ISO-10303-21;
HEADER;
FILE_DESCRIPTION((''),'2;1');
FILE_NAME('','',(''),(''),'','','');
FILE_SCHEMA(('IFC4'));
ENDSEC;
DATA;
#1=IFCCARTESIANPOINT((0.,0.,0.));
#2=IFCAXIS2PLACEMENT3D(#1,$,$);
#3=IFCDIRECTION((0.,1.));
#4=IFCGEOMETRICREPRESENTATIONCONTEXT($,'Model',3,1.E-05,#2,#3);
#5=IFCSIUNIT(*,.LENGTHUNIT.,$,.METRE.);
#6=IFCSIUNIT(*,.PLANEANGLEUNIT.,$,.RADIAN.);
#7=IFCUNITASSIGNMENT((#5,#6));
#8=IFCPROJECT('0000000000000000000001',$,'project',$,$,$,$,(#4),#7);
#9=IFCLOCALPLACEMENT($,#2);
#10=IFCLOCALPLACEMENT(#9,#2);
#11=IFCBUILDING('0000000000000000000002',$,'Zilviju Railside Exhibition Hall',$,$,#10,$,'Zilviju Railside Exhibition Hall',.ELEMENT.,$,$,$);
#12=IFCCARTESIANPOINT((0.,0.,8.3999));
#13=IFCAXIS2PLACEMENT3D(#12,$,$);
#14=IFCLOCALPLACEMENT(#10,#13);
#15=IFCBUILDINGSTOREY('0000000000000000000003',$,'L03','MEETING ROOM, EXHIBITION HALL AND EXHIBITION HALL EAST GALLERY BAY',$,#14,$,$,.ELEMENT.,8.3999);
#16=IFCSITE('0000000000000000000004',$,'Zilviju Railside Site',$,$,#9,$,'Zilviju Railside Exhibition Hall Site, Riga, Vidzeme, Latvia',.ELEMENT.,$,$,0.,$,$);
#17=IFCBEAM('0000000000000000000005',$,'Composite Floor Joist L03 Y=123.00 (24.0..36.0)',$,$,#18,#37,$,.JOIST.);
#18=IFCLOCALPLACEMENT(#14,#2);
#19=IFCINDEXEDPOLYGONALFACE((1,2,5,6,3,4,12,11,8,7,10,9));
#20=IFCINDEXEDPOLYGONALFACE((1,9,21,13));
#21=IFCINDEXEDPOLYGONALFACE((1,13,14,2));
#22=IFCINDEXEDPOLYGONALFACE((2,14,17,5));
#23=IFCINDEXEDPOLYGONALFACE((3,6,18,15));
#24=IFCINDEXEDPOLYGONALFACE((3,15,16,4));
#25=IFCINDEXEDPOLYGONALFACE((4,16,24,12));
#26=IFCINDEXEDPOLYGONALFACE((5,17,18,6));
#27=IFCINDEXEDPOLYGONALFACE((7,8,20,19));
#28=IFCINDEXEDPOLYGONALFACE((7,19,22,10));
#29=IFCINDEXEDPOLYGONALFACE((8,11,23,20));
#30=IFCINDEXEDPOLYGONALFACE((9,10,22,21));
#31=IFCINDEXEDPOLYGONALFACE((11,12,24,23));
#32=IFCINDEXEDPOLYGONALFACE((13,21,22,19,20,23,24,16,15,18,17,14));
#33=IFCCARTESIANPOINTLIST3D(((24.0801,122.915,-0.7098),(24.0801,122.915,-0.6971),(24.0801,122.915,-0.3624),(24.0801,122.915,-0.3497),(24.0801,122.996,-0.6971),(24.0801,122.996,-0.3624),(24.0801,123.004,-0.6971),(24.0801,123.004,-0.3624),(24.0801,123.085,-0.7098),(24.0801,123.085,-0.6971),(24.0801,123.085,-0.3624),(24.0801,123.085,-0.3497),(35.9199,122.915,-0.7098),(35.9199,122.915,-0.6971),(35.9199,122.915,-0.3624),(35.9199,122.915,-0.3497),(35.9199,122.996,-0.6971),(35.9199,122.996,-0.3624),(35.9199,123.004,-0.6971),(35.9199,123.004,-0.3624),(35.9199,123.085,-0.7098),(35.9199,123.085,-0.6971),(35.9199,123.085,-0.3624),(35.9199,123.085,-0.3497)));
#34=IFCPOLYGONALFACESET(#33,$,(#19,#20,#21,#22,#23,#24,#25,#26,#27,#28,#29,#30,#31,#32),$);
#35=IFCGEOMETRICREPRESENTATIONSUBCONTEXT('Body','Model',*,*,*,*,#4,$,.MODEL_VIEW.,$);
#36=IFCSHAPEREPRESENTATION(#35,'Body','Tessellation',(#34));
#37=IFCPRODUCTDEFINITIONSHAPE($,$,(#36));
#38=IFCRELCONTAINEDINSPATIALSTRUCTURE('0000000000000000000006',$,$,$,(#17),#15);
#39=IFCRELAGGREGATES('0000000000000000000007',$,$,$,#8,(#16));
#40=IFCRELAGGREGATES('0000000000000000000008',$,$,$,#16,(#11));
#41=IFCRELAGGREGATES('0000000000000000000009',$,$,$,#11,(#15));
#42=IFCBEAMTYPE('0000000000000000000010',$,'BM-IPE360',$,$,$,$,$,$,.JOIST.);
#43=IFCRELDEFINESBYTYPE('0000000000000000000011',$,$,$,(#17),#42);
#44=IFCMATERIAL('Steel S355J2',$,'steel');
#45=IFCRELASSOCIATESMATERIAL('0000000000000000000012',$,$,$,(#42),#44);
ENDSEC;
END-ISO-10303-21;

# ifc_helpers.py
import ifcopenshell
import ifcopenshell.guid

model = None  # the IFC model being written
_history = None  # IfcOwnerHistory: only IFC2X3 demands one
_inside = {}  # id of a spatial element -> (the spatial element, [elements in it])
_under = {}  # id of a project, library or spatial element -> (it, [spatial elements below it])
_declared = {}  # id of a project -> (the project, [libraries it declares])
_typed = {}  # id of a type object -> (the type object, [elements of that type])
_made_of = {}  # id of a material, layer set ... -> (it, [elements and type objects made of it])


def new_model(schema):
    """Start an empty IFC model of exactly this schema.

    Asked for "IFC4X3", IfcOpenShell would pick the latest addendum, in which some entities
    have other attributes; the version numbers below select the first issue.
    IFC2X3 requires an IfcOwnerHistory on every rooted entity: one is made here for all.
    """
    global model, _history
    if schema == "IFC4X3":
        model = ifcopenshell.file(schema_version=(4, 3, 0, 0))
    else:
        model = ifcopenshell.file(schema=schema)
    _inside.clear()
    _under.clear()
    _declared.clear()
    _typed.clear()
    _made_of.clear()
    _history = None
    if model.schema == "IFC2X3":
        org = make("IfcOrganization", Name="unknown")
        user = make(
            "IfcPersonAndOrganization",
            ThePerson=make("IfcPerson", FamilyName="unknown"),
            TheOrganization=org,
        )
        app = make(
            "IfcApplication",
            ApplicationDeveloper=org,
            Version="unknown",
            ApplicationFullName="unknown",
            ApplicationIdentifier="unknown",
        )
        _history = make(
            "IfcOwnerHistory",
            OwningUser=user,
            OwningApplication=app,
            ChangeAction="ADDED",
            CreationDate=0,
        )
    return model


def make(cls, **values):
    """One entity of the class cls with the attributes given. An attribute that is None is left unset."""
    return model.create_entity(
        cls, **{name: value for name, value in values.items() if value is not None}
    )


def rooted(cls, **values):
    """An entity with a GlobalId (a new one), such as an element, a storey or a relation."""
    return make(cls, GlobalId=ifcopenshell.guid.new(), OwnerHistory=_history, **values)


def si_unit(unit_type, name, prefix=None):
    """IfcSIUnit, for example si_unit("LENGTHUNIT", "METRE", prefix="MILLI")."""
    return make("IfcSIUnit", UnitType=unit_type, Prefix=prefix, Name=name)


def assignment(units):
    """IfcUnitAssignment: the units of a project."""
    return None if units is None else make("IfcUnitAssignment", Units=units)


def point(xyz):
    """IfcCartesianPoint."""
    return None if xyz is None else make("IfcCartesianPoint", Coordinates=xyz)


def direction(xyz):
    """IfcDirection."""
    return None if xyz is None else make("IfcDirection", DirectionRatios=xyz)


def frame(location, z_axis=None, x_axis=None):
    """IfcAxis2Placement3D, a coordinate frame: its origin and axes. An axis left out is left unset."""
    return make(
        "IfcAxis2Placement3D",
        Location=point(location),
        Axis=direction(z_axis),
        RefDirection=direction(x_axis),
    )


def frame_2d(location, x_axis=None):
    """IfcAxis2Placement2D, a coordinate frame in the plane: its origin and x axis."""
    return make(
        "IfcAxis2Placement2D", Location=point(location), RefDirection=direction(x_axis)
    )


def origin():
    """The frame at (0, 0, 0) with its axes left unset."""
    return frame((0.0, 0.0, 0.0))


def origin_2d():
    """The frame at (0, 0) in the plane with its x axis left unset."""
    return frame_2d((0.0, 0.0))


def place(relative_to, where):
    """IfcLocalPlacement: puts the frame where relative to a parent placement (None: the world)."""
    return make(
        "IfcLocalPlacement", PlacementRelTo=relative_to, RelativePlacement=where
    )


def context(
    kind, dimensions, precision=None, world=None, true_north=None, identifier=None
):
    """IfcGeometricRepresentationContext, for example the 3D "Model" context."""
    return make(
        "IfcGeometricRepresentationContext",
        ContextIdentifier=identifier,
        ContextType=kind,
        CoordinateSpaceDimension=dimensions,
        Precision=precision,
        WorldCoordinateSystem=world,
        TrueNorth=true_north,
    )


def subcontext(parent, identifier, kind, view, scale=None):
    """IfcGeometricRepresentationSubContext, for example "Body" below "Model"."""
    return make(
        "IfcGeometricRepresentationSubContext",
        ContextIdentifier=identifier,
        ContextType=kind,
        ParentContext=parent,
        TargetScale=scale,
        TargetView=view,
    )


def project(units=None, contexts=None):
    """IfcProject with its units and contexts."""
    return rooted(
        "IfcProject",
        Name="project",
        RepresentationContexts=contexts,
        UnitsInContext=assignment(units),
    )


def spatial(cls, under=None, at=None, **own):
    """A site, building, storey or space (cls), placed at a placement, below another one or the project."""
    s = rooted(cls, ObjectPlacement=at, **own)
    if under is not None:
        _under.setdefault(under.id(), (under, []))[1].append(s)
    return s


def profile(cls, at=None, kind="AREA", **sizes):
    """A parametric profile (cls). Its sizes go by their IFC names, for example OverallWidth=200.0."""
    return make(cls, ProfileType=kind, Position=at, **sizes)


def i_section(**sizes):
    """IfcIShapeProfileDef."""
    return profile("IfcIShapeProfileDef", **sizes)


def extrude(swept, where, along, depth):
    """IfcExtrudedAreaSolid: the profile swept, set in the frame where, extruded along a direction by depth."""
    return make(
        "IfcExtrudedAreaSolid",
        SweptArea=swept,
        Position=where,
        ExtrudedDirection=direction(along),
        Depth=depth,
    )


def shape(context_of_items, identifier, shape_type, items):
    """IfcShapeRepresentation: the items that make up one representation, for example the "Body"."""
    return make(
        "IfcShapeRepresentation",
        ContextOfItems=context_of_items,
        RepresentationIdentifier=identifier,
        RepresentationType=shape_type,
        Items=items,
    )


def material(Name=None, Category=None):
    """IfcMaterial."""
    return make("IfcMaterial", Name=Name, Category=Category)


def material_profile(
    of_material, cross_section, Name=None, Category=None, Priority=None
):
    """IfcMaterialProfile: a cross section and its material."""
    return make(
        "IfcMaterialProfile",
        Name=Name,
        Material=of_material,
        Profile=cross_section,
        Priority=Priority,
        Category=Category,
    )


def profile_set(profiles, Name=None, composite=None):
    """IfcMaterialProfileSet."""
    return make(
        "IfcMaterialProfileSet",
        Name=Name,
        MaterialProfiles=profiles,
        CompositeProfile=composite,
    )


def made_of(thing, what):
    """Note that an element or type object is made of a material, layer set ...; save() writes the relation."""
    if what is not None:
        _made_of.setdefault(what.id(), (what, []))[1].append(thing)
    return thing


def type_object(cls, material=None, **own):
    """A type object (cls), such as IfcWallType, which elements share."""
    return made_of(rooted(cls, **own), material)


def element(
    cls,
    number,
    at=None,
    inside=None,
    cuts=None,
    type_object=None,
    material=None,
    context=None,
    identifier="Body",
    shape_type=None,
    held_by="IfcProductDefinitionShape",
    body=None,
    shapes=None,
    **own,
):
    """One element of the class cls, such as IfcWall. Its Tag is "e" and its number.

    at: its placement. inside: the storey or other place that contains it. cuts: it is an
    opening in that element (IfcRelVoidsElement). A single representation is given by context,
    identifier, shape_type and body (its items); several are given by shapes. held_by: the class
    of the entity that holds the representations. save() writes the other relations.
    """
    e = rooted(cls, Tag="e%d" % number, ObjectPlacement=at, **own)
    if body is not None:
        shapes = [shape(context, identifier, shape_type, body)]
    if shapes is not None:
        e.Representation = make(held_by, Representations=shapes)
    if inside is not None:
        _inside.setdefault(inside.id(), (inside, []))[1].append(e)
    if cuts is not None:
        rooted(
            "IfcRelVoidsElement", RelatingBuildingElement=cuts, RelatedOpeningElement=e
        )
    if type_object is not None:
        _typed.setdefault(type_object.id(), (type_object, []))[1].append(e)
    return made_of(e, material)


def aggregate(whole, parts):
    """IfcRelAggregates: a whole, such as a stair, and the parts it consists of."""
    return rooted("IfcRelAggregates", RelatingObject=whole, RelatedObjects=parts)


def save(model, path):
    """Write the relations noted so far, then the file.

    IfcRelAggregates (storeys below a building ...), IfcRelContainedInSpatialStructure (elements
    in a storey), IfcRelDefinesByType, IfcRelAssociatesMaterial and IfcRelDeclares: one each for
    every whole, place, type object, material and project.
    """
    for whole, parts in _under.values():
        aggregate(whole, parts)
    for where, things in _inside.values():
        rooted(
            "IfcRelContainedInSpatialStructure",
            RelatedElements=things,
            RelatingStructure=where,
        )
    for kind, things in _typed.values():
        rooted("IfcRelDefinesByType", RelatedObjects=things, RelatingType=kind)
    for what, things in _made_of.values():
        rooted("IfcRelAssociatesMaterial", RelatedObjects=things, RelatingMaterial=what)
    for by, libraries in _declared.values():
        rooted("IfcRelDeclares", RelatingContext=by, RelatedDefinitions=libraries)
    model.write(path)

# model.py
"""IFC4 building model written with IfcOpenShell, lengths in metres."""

from ifc_helpers import new_model, si_unit, direction, frame, origin, origin_2d, place, context, subcontext, project, spatial, i_section, extrude, material, material_profile, profile_set, type_object, element, save


model = new_model("IFC4")

# Units and contexts
model_context = context("Model", 3, precision=1e-05, world=origin(), true_north=direction((0.0, 1.0)))
body_context = subcontext(model_context, "Body", "Model", "MODEL_VIEW")
ifc_project = project(units=[si_unit("LENGTHUNIT", "METRE"), si_unit("PLANEANGLEUNIT", "RADIAN")], contexts=[model_context])

# Site, building, storey
site_placement = place(None, origin())
site = spatial("IfcSite", under=ifc_project, at=site_placement, Name="Zilviju Railside Site", LongName="Zilviju Railside Exhibition Hall Site, Riga, Vidzeme, Latvia", CompositionType="ELEMENT", RefElevation=0.0)
building_placement = place(site_placement, origin())
building = spatial("IfcBuilding", under=site, at=building_placement, Name="Zilviju Railside Exhibition Hall", LongName="Zilviju Railside Exhibition Hall", CompositionType="ELEMENT")
storey_placement = place(building_placement, frame((0.0, 0.0, 8.3999)))
storey = spatial("IfcBuildingStorey", under=building, at=storey_placement, Name="L03", Description="MEETING ROOM, EXHIBITION HALL AND EXHIBITION HALL EAST GALLERY BAY", CompositionType="ELEMENT", Elevation=8.3999)

# Beam
ifc_material_1 = material(Name="Steel S355J2", Category="steel")
ifc_material_profile_1 = material_profile(ifc_material_1, i_section(OverallWidth=0.1699, OverallDepth=0.3601, WebThickness=0.0081, FlangeThickness=0.0127, at=origin_2d()), Name="IPE 360")
ifc_profile_set_1 = profile_set([ifc_material_profile_1], Name="Steel S355J2")
beam_type_1 = type_object("IfcBeamType", Name="BM-IPE360", PredefinedType="JOIST", material=ifc_profile_set_1)
for number, where, z_axis, x_axis, name in (
    (1, (24.0801, 123.0, -0.5298), (1.0, 0.0, 0.0), (0.0, 1.0, 0.0), "Composite Floor Joist L03 Y=123.00 (24.0..36.0)"),
):
    element("IfcBeam", number, at=place(storey_placement, frame(where, z_axis=z_axis, x_axis=x_axis)), inside=storey, type_object=beam_type_1, Name=name, PredefinedType="JOIST", context=body_context, shape_type="SweptSolid", body=[
        extrude(i_section(OverallWidth=0.1699, OverallDepth=0.3601, WebThickness=0.0081, FlangeThickness=0.0127, at=origin_2d()), origin(), (0.0, 0.0, 1.0), 11.8398),
    ])

save(model, "model.ifc")
